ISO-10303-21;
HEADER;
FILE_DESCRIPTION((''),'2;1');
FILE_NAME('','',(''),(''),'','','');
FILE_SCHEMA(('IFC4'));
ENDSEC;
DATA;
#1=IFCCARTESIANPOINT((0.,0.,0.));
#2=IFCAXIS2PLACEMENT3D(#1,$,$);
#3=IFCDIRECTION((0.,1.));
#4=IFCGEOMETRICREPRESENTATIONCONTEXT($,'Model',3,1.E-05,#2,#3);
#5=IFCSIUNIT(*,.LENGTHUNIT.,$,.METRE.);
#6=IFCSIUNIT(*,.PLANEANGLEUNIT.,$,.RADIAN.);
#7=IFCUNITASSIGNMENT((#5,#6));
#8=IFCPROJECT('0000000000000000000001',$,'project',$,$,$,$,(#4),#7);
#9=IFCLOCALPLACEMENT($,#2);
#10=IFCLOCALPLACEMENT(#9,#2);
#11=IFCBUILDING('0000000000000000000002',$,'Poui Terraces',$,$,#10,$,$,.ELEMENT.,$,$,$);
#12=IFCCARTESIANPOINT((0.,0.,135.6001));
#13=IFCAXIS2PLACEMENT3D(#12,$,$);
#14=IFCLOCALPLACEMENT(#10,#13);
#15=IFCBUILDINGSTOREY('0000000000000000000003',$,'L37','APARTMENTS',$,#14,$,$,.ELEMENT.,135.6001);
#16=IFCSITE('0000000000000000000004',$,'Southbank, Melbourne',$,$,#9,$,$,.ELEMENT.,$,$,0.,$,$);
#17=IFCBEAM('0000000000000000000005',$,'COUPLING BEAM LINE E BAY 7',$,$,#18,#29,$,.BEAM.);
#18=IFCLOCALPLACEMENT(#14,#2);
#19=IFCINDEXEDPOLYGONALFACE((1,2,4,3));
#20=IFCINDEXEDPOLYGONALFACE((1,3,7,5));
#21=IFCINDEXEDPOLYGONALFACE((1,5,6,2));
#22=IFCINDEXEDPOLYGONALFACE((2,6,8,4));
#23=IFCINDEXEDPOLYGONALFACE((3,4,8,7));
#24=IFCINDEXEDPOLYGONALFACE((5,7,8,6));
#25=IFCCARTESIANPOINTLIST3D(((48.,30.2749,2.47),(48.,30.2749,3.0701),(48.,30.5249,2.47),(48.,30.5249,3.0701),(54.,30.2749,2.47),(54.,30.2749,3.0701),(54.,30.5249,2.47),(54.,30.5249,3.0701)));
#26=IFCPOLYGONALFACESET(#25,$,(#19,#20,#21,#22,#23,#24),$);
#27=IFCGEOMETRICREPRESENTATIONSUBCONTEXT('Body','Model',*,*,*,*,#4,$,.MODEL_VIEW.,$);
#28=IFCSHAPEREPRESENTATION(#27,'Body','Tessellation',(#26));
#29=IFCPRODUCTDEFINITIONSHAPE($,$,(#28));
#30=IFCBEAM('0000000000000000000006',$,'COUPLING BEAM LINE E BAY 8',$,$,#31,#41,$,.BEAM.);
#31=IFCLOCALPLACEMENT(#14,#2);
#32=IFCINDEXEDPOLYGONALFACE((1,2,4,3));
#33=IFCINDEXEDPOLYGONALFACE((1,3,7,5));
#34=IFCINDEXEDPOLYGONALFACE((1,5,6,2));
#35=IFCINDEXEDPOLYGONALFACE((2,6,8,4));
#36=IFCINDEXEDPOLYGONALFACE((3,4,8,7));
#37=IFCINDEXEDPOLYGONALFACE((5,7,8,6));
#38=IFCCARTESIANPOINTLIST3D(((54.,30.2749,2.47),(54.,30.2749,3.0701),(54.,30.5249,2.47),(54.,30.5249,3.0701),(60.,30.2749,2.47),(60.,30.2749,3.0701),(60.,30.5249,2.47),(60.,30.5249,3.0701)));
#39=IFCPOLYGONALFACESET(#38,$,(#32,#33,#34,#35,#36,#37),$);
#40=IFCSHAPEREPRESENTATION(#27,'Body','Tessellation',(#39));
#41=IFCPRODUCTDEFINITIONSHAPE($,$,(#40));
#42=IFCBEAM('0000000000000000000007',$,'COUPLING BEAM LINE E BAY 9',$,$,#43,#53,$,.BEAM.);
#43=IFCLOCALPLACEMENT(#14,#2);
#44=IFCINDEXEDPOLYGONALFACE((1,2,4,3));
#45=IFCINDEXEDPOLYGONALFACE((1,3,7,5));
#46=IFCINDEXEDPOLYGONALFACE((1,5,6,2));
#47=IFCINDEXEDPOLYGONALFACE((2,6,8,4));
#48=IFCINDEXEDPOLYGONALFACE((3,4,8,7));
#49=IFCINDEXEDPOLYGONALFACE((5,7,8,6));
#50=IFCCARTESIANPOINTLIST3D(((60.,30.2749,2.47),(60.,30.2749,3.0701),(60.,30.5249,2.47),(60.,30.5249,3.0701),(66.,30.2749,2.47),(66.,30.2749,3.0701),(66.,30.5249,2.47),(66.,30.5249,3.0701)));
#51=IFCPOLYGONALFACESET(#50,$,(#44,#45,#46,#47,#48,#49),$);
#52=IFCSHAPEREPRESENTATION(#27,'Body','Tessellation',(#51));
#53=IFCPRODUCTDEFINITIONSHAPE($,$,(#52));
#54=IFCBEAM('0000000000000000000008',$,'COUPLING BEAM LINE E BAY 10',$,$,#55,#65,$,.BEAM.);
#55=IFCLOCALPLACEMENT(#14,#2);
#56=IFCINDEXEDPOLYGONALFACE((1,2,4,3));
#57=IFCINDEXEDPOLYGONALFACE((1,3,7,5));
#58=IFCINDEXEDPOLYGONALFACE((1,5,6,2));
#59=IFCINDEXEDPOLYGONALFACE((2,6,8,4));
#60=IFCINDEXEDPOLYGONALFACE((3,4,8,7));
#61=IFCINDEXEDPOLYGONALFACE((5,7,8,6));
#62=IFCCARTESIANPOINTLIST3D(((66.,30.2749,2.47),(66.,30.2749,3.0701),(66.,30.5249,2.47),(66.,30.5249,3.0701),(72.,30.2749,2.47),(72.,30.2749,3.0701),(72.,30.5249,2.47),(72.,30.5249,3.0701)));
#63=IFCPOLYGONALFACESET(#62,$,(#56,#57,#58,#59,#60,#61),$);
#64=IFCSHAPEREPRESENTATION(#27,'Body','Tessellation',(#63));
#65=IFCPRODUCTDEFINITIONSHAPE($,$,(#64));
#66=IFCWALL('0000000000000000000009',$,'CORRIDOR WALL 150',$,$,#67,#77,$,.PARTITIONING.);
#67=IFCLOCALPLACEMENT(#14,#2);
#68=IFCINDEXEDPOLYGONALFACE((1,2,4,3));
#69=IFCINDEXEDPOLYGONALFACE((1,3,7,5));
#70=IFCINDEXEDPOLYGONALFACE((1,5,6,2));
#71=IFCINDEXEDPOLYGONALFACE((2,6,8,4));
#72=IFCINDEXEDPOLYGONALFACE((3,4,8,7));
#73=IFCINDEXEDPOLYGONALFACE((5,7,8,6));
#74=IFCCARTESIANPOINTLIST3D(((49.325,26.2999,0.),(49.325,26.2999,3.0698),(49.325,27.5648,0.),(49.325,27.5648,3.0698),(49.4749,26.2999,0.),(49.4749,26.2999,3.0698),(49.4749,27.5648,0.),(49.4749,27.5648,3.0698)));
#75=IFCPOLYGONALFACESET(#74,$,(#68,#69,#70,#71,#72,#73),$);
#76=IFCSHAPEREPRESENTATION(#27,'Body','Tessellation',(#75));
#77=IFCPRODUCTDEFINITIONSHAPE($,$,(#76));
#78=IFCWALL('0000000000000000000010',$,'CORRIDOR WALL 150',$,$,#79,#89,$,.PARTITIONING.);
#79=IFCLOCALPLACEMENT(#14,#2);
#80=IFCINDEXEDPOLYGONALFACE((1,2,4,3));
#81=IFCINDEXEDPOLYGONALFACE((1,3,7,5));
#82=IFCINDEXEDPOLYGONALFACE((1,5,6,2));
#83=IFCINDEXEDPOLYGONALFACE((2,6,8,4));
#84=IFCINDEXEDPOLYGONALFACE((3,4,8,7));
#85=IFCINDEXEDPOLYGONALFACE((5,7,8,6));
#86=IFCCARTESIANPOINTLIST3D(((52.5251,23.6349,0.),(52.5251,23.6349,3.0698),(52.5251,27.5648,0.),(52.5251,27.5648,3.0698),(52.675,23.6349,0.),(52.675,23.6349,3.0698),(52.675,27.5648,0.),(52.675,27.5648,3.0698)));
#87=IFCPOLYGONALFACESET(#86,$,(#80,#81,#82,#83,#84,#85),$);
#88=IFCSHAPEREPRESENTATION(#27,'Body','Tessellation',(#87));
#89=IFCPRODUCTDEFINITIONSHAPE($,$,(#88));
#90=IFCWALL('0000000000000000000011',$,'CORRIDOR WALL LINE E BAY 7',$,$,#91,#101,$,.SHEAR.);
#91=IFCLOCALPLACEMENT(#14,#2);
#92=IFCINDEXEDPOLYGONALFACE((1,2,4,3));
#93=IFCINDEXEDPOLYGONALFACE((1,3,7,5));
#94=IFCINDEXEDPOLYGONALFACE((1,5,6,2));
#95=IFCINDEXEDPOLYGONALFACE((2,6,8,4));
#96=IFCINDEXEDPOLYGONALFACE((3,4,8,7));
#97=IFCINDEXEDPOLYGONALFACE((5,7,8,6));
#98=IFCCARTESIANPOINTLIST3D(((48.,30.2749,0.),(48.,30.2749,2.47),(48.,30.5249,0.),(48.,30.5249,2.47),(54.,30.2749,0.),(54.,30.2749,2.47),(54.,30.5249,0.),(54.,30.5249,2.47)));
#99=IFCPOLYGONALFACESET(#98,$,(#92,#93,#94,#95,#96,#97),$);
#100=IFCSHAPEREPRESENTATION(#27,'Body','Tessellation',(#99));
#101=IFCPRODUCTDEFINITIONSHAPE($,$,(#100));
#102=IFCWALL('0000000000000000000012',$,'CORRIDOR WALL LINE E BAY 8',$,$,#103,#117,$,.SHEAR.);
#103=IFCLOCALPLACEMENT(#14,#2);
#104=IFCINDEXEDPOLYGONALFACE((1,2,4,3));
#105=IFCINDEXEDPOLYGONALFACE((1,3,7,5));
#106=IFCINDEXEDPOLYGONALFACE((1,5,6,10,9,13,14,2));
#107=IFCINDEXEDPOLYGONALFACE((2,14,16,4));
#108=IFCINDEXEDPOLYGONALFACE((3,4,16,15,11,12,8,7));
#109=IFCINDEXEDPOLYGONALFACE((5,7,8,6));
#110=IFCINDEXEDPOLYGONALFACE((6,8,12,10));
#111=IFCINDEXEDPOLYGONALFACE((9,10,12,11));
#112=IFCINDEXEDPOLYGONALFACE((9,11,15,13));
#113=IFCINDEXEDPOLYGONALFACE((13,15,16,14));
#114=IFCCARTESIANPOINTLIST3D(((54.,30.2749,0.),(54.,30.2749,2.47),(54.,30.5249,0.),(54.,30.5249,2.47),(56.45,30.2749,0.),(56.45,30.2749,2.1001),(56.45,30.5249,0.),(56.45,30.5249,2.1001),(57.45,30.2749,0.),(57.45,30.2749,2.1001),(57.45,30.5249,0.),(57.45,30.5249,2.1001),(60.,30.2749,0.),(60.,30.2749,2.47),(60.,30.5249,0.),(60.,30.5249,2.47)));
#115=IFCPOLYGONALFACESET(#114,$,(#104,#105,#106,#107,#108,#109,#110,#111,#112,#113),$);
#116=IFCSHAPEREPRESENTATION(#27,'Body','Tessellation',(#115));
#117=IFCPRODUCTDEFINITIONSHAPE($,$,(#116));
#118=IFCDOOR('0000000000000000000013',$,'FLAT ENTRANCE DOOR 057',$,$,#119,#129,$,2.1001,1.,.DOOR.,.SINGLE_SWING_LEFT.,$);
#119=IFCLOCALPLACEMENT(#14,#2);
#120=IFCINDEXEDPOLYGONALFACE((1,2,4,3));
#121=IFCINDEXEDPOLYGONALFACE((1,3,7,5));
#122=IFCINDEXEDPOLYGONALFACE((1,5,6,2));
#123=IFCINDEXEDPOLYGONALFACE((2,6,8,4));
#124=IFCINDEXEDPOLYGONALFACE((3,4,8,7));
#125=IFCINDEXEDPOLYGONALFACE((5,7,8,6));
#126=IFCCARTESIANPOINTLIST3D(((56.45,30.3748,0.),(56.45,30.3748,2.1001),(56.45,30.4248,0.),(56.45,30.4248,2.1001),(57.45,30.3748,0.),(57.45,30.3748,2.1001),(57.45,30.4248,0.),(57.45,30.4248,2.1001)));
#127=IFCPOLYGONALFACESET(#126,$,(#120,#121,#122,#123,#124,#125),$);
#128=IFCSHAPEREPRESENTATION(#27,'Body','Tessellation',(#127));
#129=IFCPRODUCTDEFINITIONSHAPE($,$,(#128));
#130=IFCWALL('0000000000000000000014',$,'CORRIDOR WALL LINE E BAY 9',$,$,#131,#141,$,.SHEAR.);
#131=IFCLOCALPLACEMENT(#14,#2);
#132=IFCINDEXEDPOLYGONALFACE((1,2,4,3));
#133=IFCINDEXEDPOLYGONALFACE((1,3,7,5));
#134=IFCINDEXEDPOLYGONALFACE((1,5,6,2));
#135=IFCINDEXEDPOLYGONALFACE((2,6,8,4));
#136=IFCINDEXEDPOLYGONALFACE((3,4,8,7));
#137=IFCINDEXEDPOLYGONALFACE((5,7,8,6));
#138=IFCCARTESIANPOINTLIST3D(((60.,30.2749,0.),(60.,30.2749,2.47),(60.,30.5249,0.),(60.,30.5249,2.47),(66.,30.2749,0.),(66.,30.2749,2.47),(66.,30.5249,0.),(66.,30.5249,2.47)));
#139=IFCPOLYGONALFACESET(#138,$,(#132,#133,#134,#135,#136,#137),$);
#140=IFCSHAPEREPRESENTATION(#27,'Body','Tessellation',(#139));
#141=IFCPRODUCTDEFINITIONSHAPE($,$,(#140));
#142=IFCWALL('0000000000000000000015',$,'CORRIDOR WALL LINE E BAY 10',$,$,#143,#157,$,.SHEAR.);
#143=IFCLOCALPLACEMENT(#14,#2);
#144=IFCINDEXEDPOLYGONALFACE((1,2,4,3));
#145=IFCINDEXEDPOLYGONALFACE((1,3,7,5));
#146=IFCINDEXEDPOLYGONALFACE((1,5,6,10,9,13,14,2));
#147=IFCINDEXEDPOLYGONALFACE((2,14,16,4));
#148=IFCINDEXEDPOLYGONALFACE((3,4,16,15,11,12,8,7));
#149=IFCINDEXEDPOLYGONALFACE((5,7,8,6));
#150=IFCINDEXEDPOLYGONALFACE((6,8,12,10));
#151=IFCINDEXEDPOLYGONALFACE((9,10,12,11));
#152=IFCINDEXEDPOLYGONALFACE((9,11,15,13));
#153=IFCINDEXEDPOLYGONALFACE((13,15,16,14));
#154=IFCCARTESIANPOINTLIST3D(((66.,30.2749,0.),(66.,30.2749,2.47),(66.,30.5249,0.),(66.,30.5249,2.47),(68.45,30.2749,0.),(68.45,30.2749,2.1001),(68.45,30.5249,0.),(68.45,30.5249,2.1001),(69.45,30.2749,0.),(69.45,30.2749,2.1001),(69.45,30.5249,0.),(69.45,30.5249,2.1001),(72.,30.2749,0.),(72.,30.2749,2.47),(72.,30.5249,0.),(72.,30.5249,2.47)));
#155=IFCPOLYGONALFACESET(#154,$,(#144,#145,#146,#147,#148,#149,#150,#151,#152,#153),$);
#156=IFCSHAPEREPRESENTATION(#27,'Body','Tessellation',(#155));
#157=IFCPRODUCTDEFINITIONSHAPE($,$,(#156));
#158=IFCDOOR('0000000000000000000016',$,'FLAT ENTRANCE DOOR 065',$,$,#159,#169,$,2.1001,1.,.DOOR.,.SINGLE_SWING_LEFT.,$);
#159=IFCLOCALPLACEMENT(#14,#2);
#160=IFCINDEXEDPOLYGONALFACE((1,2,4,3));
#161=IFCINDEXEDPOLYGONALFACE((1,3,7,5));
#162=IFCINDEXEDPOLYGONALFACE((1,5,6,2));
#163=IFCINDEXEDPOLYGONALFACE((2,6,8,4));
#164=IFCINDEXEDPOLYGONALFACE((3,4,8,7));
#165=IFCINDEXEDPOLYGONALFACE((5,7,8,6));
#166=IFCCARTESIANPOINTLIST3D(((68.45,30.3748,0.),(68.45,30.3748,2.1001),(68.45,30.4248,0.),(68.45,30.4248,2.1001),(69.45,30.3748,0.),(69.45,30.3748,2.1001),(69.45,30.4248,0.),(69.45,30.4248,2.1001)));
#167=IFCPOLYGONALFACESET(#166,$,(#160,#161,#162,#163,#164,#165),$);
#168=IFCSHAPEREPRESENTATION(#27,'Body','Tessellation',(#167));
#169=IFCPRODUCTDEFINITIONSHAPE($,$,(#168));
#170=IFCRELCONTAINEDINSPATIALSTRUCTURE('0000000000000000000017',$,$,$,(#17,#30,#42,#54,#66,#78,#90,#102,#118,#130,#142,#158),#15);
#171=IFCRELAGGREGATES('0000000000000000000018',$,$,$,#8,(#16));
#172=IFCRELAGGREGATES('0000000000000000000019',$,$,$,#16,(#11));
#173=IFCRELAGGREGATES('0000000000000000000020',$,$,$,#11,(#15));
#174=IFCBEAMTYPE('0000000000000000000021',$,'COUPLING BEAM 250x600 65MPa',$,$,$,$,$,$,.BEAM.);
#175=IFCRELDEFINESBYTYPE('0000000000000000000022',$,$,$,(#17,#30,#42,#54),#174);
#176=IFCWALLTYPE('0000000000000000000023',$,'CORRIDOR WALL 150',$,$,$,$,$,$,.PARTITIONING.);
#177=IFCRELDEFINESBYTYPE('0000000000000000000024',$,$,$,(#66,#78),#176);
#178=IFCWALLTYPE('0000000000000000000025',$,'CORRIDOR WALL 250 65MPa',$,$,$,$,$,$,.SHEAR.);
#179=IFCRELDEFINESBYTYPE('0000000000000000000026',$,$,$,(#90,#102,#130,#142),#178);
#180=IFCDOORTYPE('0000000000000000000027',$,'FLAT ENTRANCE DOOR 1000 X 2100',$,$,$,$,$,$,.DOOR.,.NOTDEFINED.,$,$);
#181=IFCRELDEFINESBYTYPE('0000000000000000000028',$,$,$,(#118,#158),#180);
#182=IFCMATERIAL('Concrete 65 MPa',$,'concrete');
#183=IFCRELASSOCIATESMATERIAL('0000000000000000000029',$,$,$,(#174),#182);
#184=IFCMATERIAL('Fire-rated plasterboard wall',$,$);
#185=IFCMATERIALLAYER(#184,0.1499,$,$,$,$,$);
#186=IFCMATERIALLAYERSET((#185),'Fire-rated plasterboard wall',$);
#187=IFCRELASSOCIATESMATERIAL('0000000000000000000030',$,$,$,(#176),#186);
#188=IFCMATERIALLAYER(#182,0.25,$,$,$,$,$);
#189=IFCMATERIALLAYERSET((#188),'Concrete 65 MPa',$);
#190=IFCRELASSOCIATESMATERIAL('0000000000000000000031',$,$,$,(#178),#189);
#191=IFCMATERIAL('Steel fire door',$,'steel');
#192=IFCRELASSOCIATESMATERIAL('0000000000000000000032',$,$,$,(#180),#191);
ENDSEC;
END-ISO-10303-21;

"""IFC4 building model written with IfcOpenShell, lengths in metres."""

from ifc_helpers import new_model, si_unit, direction, frame, frame_2d, origin, origin_2d, place, context, subcontext, project, spatial, rectangle, extrude, source, transform, mapped, material, layer, layer_set, material_profile, profile_set, type_object, element, fill, save


model = new_model("IFC4")

# Units and contexts
model_context = context("Model", 3, precision=1e-05, world=origin(), true_north=direction((0.0, 1.0)))
body_context = subcontext(model_context, "Body", "Model", "MODEL_VIEW")
ifc_project = project(units=[si_unit("LENGTHUNIT", "METRE"), si_unit("PLANEANGLEUNIT", "RADIAN")], contexts=[model_context])

# Site, building, storey
site_placement = place(None, origin())
site = spatial("IfcSite", under=ifc_project, at=site_placement, Name="Southbank, Melbourne", CompositionType="ELEMENT", RefElevation=0.0)
building_placement = place(site_placement, origin())
building = spatial("IfcBuilding", under=site, at=building_placement, Name="Poui Terraces", CompositionType="ELEMENT")
storey_placement = place(building_placement, frame((0.0, 0.0, 135.6001)))
storey = spatial("IfcBuildingStorey", under=building, at=storey_placement, Name="L37", Description="APARTMENTS", CompositionType="ELEMENT", Elevation=135.6001)

# Beams
ifc_material_1 = material(Name="Concrete 65 MPa", Category="concrete")
ifc_material_profile = material_profile(ifc_material_1, rectangle(XDim=0.25, YDim=0.6001, at=origin_2d()), Name="RC 250x600")
ifc_profile_set = profile_set([ifc_material_profile], Name="Concrete 65 MPa")
beam_type = type_object("IfcBeamType", Name="COUPLING BEAM 250x600 65MPa", PredefinedType="BEAM", material=ifc_profile_set)
shared_shape = source(origin(), body_context, "Body", "SweptSolid", [
    extrude(rectangle(XDim=0.25, YDim=0.6001, at=origin_2d()), origin(), (0.0, 0.0, 1.0), 6.0),
])
for number, where, z_axis, x_axis, name in (
    (1, (48.0, 30.3999, 2.77), (1.0, 0.0, 0.0), (0.0, 1.0, 0.0), "COUPLING BEAM LINE E BAY 7"),
    (2, (54.0, 30.3999, 2.77), (1.0, 0.0, 0.0), (0.0, 1.0, 0.0), "COUPLING BEAM LINE E BAY 8"),
    (3, (60.0, 30.3999, 2.77), (1.0, 0.0, 0.0), (0.0, 1.0, 0.0), "COUPLING BEAM LINE E BAY 9"),
    (4, (66.0, 30.3999, 2.77), (1.0, 0.0, 0.0), (0.0, 1.0, 0.0), "COUPLING BEAM LINE E BAY 10"),
):
    element("IfcBeam", number, at=place(storey_placement, frame(where, z_axis=z_axis, x_axis=x_axis)), inside=storey, type_object=beam_type, Name=name, PredefinedType="BEAM", context=body_context, shape_type="MappedRepresentation", body=[
        mapped(shared_shape, transform((0.0, 0.0, 0.0))),
    ])

# Walls
ifc_material_2 = material(Name="Fire-rated plasterboard wall")
ifc_layer_1 = layer(ifc_material_2, 0.1499)
ifc_layer_set_1 = layer_set([ifc_layer_1], Name="Fire-rated plasterboard wall")
wall_type_1 = type_object("IfcWallType", Name="CORRIDOR WALL 150", PredefinedType="PARTITIONING", material=ifc_layer_set_1)
wall_1_placement = place(storey_placement, frame((49.3999, 26.3, 0.0), z_axis=(0.0, 0.0, 1.0), x_axis=(0.0, 1.0, 0.0)))
element("IfcWall", 5, at=wall_1_placement, inside=storey, type_object=wall_type_1, Name="CORRIDOR WALL 150", PredefinedType="PARTITIONING", context=body_context, shape_type="SweptSolid", body=[
    extrude(rectangle(XDim=1.2649, YDim=0.1499, at=frame_2d((0.6323, 0.0))), origin(), (0.0, 0.0, 1.0), 3.0698),
])
wall_2_placement = place(storey_placement, frame((52.6001, 23.635, 0.0), z_axis=(0.0, 0.0, 1.0), x_axis=(0.0, 1.0, 0.0)))
element("IfcWall", 6, at=wall_2_placement, inside=storey, type_object=wall_type_1, Name="CORRIDOR WALL 150", PredefinedType="PARTITIONING", context=body_context, shape_type="SweptSolid", body=[
    extrude(rectangle(XDim=3.9299, YDim=0.1499, at=frame_2d((1.9648, 0.0))), origin(), (0.0, 0.0, 1.0), 3.0698),
])
ifc_layer_2 = layer(ifc_material_1, 0.25)
ifc_layer_set_2 = layer_set([ifc_layer_2], Name="Concrete 65 MPa")
wall_type_2 = type_object("IfcWallType", Name="CORRIDOR WALL 250 65MPa", PredefinedType="SHEAR", material=ifc_layer_set_2)
wall_3_placement = place(storey_placement, frame((48.0, 30.3999, 0.0), z_axis=(0.0, 0.0, 1.0), x_axis=(1.0, 0.0, 0.0)))
element("IfcWall", 7, at=wall_3_placement, inside=storey, type_object=wall_type_2, Name="CORRIDOR WALL LINE E BAY 7", PredefinedType="SHEAR", context=body_context, shape_type="SweptSolid", body=[
    extrude(rectangle(XDim=6.0, YDim=0.25, at=frame_2d((3.0, 0.0))), origin(), (0.0, 0.0, 1.0), 2.47),
])

# Wall, opening, door
wall_4_placement = place(storey_placement, frame((54.0, 30.3999, 0.0), z_axis=(0.0, 0.0, 1.0), x_axis=(1.0, 0.0, 0.0)))
wall_4 = element("IfcWall", 8, at=wall_4_placement, inside=storey, type_object=wall_type_2, Name="CORRIDOR WALL LINE E BAY 8", PredefinedType="SHEAR", context=body_context, shape_type="SweptSolid", body=[
    extrude(rectangle(XDim=6.0, YDim=0.25, at=frame_2d((3.0, 0.0))), origin(), (0.0, 0.0, 1.0), 2.47),
])
opening_1_placement = place(wall_4_placement, frame((2.45, 0.0, 0.0)))
opening_1 = element("IfcOpeningElement", 9, at=opening_1_placement, cuts=wall_4, PredefinedType="OPENING", context=body_context, shape_type="SweptSolid", body=[
    extrude(rectangle(XDim=1.0, YDim=2.1001, at=frame_2d((0.5, 1.05))), frame((0.0, 0.135, 0.0), z_axis=(0.0, -1.0, 0.0), x_axis=(1.0, 0.0, 0.0)), (0.0, 0.0, 1.0), 0.27),
])
ifc_material_3 = material(Name="Steel fire door", Category="steel")
door_type_1 = type_object("IfcDoorType", Name="FLAT ENTRANCE DOOR 1000 X 2100", OperationType="NOTDEFINED", PredefinedType="DOOR", material=ifc_material_3)
door_1_placement = place(opening_1_placement, origin())
door_1 = element("IfcDoor", 10, at=door_1_placement, inside=storey, type_object=door_type_1, Name="FLAT ENTRANCE DOOR 057", OperationType="SINGLE_SWING_LEFT", OverallHeight=2.1001, OverallWidth=1.0, PredefinedType="DOOR", context=body_context, shape_type="SweptSolid", body=[
    extrude(rectangle(XDim=1.0, YDim=2.1001, at=frame_2d((0.5, 1.05))), frame((0.0, 0.0249, 0.0), z_axis=(0.0, -1.0, 0.0), x_axis=(1.0, 0.0, 0.0)), (0.0, 0.0, 1.0), 0.05),
])
fill(opening_1, door_1)

# Wall
wall_5_placement = place(storey_placement, frame((60.0, 30.3999, 0.0), z_axis=(0.0, 0.0, 1.0), x_axis=(1.0, 0.0, 0.0)))
element("IfcWall", 11, at=wall_5_placement, inside=storey, type_object=wall_type_2, Name="CORRIDOR WALL LINE E BAY 9", PredefinedType="SHEAR", context=body_context, shape_type="SweptSolid", body=[
    extrude(rectangle(XDim=6.0, YDim=0.25, at=frame_2d((3.0, 0.0))), origin(), (0.0, 0.0, 1.0), 2.47),
])

# Wall, opening, door
wall_6_placement = place(storey_placement, frame((66.0, 30.3999, 0.0), z_axis=(0.0, 0.0, 1.0), x_axis=(1.0, 0.0, 0.0)))
wall_6 = element("IfcWall", 12, at=wall_6_placement, inside=storey, type_object=wall_type_2, Name="CORRIDOR WALL LINE E BAY 10", PredefinedType="SHEAR", context=body_context, shape_type="SweptSolid", body=[
    extrude(rectangle(XDim=6.0, YDim=0.25, at=frame_2d((3.0, 0.0))), origin(), (0.0, 0.0, 1.0), 2.47),
])
opening_2_placement = place(wall_6_placement, frame((2.45, 0.0, 0.0)))
opening_2 = element("IfcOpeningElement", 13, at=opening_2_placement, cuts=wall_6, PredefinedType="OPENING", context=body_context, shape_type="SweptSolid", body=[
    extrude(rectangle(XDim=1.0, YDim=2.1001, at=frame_2d((0.5, 1.05))), frame((0.0, 0.135, 0.0), z_axis=(0.0, -1.0, 0.0), x_axis=(1.0, 0.0, 0.0)), (0.0, 0.0, 1.0), 0.27),
])
door_2_placement = place(opening_2_placement, origin())
door_2 = element("IfcDoor", 14, at=door_2_placement, inside=storey, type_object=door_type_1, Name="FLAT ENTRANCE DOOR 065", OperationType="SINGLE_SWING_LEFT", OverallHeight=2.1001, OverallWidth=1.0, PredefinedType="DOOR", context=body_context, shape_type="SweptSolid", body=[
    extrude(rectangle(XDim=1.0, YDim=2.1001, at=frame_2d((0.5, 1.05))), frame((0.0, 0.0249, 0.0), z_axis=(0.0, -1.0, 0.0), x_axis=(1.0, 0.0, 0.0)), (0.0, 0.0, 1.0), 0.05),
])
fill(opening_2, door_2)

save(model, "model.ifc")
